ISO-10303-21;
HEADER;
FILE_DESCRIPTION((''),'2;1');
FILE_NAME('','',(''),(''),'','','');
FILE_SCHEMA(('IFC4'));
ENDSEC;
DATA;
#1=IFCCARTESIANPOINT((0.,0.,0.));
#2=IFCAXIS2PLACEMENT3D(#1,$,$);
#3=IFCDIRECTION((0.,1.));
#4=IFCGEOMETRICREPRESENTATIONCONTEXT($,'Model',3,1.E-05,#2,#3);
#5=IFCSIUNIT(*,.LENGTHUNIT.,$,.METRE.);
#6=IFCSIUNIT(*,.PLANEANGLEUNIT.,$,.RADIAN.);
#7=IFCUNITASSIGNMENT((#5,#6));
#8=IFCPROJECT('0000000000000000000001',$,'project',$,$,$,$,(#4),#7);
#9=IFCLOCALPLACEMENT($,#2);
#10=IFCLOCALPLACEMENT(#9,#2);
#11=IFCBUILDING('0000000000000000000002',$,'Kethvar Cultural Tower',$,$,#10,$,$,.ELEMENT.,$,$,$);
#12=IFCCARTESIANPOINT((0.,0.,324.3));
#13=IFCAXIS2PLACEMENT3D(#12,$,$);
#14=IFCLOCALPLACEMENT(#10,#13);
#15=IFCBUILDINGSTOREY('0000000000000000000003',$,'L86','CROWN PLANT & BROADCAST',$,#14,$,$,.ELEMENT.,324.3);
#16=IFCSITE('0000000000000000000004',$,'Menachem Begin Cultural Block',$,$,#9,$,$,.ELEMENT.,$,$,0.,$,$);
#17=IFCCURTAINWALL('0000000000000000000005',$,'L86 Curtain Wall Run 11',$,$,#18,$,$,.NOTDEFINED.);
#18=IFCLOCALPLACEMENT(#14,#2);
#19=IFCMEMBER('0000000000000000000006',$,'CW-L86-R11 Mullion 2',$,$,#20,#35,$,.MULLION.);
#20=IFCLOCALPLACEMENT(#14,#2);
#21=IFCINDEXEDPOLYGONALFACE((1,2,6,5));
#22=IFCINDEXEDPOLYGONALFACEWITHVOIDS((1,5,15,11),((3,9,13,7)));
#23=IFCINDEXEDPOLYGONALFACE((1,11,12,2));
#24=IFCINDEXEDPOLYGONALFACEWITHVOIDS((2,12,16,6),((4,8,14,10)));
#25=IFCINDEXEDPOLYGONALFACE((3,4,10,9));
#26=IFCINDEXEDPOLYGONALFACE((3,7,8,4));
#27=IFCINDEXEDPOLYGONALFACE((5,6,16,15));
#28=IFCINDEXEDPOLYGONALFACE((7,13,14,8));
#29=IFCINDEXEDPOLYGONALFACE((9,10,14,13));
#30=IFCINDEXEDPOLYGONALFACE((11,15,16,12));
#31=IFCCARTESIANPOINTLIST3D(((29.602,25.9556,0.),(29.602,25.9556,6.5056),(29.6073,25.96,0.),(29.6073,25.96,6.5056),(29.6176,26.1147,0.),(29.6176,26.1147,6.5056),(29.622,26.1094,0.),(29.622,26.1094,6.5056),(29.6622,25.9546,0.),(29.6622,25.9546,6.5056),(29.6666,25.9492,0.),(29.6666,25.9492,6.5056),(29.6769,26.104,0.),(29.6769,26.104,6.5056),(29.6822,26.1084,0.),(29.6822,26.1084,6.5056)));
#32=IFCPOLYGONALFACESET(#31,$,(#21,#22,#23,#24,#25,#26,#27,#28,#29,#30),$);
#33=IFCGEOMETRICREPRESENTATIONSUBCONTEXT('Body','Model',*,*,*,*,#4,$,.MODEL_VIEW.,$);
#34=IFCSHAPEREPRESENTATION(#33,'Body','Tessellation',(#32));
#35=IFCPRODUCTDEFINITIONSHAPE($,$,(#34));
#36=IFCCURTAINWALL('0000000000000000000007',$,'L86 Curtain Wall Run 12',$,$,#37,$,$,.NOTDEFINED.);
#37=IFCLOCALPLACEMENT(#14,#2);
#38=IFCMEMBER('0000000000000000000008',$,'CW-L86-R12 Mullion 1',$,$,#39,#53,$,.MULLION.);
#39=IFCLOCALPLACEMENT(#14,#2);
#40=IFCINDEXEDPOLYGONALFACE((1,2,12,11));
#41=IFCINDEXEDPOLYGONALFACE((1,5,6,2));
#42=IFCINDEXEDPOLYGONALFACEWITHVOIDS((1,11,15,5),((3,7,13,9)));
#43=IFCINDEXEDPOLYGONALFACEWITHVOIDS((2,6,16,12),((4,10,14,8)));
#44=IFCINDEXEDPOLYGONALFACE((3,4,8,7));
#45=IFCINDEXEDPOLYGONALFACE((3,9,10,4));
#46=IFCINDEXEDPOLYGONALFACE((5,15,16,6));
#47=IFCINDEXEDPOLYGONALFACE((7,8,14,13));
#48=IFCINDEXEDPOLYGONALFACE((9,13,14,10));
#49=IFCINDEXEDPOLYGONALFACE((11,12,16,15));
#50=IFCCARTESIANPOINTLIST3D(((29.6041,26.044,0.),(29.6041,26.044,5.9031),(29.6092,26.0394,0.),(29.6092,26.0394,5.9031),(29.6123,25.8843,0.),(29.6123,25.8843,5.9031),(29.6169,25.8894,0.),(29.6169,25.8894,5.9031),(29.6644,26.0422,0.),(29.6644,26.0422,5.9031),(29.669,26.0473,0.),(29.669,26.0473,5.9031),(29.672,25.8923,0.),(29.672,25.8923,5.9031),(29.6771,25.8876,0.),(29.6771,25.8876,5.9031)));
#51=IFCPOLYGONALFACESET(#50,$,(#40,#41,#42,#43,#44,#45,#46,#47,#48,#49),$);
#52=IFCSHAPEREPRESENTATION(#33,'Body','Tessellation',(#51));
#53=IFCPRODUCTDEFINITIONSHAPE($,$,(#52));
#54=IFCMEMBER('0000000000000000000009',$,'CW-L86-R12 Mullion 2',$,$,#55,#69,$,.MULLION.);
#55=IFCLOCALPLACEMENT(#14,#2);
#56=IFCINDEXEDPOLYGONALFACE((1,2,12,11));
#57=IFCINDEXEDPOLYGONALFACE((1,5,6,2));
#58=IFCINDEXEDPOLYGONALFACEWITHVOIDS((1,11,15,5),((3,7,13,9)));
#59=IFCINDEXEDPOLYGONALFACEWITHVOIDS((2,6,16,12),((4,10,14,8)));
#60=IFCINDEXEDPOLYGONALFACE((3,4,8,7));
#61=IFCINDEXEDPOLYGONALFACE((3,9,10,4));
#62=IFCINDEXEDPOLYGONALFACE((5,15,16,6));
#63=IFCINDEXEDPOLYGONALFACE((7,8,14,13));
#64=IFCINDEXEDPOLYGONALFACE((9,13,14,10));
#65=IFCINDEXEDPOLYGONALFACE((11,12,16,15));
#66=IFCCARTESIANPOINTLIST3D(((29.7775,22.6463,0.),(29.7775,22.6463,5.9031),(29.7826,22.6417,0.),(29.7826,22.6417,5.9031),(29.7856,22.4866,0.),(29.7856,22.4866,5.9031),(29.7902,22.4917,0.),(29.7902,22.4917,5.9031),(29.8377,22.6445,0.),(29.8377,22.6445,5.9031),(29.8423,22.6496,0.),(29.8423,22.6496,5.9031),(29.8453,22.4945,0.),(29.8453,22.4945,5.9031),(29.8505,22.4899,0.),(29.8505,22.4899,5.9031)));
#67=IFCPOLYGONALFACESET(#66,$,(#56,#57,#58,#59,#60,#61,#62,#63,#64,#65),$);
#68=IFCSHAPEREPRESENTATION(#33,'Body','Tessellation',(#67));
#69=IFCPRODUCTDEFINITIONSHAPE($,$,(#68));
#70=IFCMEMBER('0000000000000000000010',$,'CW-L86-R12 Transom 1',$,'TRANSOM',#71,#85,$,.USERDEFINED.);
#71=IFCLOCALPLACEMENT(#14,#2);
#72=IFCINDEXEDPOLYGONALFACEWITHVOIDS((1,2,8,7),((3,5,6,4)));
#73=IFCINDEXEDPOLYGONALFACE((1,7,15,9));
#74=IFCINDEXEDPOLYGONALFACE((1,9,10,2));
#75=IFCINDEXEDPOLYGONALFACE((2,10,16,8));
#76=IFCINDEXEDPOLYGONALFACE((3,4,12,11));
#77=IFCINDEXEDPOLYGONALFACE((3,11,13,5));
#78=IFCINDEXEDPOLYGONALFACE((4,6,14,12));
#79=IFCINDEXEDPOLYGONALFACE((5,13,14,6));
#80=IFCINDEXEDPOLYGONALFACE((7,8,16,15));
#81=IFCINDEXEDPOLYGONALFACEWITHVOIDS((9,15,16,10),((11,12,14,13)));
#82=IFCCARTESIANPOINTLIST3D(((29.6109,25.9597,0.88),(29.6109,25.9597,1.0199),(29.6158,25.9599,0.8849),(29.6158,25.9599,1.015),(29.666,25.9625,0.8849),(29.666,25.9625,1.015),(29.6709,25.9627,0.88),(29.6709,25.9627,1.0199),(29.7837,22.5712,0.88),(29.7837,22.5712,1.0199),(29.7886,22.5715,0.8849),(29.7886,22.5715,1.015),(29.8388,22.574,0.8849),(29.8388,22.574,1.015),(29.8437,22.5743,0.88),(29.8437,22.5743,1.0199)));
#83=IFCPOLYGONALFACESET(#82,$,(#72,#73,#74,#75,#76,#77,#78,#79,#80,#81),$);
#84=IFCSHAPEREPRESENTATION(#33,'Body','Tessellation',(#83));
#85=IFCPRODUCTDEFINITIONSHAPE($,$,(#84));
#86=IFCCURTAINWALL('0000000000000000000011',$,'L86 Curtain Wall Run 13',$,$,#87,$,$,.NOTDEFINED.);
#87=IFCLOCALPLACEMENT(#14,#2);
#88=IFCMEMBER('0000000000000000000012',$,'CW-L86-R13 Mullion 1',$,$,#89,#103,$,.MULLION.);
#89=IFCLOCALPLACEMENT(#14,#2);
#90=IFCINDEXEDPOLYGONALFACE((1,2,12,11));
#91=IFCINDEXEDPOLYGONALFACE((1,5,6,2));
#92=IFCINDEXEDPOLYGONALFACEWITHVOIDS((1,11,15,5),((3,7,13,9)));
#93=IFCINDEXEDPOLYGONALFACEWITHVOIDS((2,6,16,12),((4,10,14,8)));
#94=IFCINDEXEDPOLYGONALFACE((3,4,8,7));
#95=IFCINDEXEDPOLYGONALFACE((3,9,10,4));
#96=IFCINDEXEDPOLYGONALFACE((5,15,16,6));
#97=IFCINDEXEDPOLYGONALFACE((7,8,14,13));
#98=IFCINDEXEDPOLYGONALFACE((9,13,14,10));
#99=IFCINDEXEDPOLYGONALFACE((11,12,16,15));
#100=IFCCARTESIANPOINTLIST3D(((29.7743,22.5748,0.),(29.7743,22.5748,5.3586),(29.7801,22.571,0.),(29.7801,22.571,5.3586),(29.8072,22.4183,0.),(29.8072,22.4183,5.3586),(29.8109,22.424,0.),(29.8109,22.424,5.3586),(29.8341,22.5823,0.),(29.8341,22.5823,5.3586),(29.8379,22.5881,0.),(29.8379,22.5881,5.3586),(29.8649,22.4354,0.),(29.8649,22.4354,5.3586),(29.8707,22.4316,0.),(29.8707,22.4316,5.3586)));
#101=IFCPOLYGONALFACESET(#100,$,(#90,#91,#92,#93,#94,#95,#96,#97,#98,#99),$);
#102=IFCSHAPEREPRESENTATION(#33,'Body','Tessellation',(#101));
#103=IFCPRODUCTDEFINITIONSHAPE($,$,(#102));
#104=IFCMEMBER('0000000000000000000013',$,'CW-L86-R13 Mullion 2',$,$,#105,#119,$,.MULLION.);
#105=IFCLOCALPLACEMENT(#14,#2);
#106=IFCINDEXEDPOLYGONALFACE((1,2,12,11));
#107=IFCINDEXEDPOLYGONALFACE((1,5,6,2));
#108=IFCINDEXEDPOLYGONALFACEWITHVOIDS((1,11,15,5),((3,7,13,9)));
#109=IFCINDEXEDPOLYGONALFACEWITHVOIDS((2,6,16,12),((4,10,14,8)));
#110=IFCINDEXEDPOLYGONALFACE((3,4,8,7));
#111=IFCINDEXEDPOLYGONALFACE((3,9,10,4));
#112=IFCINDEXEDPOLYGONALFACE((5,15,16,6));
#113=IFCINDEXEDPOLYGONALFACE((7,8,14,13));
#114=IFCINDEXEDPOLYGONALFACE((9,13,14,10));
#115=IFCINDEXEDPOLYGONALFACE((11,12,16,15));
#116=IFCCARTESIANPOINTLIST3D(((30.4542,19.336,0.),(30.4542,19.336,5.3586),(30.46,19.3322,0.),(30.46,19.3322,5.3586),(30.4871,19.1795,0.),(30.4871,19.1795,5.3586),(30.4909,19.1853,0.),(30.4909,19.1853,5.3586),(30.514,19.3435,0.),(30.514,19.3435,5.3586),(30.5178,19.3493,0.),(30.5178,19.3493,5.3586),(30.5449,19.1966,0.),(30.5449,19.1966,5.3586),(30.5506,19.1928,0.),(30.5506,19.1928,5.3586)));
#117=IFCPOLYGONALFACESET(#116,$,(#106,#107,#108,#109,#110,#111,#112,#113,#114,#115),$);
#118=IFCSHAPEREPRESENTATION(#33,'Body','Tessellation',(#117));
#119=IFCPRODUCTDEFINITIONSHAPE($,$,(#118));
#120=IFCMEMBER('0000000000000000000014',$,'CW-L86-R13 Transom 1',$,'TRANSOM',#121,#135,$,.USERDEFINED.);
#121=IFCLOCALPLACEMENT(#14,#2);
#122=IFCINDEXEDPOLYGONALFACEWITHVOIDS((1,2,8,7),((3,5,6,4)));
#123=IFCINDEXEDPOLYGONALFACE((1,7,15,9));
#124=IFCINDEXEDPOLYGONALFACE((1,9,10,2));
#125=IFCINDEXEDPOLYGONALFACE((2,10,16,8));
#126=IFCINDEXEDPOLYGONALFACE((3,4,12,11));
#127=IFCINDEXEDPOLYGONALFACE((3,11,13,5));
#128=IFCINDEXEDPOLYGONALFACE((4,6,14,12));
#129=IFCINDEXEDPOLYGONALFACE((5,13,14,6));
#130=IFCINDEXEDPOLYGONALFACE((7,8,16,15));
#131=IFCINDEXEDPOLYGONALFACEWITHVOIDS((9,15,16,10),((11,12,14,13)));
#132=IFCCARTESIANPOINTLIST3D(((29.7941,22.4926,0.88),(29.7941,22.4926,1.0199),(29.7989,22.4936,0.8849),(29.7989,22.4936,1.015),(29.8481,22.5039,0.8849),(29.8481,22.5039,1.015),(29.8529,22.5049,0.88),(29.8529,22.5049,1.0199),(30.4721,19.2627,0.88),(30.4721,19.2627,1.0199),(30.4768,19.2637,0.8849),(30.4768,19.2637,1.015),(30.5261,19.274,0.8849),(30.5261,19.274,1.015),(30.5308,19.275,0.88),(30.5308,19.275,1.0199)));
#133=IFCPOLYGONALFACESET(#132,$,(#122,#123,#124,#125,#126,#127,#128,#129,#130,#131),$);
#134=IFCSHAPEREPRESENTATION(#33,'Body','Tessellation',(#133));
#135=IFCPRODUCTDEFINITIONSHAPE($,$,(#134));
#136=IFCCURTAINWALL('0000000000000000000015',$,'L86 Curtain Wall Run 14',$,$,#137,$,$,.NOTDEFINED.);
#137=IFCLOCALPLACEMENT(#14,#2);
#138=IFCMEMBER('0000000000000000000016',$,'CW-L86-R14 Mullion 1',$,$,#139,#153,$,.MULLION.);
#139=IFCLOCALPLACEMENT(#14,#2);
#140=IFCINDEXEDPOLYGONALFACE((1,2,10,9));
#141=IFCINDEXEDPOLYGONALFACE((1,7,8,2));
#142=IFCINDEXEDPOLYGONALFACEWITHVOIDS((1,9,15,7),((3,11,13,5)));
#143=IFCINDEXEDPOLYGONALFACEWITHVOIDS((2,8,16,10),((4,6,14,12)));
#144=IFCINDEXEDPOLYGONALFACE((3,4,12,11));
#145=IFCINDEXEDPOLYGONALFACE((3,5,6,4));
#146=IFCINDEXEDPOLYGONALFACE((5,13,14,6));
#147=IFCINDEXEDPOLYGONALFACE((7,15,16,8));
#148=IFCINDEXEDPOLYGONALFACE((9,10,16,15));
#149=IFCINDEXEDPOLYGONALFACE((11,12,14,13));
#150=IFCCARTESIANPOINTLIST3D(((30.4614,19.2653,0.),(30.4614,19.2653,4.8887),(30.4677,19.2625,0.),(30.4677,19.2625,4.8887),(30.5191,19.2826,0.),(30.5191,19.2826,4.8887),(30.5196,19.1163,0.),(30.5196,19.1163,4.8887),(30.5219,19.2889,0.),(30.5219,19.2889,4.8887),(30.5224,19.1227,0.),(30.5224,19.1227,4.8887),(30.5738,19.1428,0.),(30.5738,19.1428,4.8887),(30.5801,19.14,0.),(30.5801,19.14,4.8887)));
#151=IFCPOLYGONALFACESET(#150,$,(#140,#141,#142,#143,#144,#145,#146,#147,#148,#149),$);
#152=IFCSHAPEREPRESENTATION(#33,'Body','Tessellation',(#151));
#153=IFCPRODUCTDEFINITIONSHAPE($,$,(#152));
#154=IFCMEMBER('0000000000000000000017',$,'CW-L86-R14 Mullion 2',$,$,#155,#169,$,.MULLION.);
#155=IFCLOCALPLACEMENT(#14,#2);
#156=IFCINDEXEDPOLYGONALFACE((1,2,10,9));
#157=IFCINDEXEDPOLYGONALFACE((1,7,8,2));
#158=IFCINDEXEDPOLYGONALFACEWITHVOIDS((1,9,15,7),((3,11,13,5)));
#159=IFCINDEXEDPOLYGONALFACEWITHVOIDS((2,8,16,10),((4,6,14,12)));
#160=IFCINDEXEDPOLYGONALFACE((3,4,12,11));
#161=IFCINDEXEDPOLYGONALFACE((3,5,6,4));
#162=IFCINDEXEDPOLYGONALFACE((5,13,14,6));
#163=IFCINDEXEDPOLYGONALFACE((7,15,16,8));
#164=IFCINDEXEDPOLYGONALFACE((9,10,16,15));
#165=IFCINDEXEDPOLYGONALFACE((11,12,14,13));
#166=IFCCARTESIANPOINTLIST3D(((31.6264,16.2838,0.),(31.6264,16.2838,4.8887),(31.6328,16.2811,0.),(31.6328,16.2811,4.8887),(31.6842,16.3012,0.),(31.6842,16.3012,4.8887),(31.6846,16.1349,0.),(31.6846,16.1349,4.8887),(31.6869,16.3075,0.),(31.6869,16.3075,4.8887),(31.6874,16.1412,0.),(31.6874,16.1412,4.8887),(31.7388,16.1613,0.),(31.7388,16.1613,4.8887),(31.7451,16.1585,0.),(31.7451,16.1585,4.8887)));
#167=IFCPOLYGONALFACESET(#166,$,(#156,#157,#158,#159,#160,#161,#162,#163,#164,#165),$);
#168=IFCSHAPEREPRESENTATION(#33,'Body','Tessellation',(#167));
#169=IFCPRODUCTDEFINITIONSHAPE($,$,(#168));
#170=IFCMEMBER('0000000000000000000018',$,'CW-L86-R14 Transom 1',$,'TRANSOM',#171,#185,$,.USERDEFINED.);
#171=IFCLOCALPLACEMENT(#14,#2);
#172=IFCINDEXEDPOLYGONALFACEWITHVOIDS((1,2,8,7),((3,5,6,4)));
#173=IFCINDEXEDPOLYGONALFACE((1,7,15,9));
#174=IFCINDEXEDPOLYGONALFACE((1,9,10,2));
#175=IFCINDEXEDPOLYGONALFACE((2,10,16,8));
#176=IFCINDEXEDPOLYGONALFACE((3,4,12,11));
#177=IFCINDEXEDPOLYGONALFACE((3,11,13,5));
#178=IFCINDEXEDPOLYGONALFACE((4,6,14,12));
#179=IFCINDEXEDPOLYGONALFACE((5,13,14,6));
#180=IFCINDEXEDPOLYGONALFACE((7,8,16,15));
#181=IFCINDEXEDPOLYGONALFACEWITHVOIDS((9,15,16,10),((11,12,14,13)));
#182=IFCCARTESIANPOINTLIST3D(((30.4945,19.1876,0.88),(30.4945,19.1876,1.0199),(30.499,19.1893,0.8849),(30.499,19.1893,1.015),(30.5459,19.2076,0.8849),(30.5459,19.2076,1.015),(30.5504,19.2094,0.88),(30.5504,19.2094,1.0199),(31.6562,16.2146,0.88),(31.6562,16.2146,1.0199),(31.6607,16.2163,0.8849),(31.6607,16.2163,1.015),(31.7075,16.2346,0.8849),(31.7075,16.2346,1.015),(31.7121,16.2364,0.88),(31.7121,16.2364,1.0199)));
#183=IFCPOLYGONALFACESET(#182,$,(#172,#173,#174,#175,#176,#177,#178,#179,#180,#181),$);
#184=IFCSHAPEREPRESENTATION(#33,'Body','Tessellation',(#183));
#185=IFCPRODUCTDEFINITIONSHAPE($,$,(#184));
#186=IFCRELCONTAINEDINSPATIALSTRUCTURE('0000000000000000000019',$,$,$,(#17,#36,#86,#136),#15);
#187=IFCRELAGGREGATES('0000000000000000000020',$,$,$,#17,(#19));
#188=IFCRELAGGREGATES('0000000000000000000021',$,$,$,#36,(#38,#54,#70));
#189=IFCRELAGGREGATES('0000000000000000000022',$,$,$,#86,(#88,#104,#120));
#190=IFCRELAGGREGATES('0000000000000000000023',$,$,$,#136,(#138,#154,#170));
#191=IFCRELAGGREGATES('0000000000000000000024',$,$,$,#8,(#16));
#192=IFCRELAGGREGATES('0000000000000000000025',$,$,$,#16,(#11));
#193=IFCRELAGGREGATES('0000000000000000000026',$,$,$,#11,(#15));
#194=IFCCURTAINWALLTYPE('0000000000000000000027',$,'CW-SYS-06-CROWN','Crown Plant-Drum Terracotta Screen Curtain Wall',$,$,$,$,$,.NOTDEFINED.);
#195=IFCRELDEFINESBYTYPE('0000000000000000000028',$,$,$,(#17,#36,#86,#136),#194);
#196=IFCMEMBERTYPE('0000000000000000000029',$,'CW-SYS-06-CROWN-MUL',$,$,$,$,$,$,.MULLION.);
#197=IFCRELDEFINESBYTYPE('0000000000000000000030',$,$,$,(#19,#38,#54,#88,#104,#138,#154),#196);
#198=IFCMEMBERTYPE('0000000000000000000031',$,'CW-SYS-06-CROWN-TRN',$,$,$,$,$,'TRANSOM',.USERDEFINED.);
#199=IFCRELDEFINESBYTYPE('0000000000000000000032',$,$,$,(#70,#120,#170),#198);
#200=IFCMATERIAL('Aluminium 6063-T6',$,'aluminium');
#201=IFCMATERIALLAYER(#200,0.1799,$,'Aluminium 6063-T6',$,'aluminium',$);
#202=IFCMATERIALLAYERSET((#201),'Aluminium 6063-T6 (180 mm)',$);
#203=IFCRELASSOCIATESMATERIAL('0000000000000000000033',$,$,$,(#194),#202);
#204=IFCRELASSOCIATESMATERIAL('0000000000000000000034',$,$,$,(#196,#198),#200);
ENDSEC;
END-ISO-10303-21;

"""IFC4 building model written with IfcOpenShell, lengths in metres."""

from ifc_helpers import new_model, si_unit, direction, frame, origin, origin_2d, place, context, subcontext, project, spatial, hollow_rectangle, extrude, source, transform, mapped, material, layer, layer_set, material_profile, profile_set, type_object, element, aggregate, save


model = new_model("IFC4")

# Units and contexts
model_context = context("Model", 3, precision=1e-05, world=origin(), true_north=direction((0.0, 1.0)))
body_context = subcontext(model_context, "Body", "Model", "MODEL_VIEW")
ifc_project = project(units=[si_unit("LENGTHUNIT", "METRE"), si_unit("PLANEANGLEUNIT", "RADIAN")], contexts=[model_context])

# Site, building, storey
site_placement = place(None, origin())
site = spatial("IfcSite", under=ifc_project, at=site_placement, Name="Menachem Begin Cultural Block", CompositionType="ELEMENT", RefElevation=0.0)
building_placement = place(site_placement, origin())
building = spatial("IfcBuilding", under=site, at=building_placement, Name="Kethvar Cultural Tower", CompositionType="ELEMENT")
storey_placement = place(building_placement, frame((0.0, 0.0, 324.3)))
storey = spatial("IfcBuildingStorey", under=building, at=storey_placement, Name="L86", Description="CROWN PLANT & BROADCAST", CompositionType="ELEMENT", Elevation=324.3)

# Curtain wall, member
ifc_material_1 = material(Name="Aluminium 6063-T6", Category="aluminium")
ifc_layer_1 = layer(ifc_material_1, 0.1799, Name="Aluminium 6063-T6", Category="aluminium")
ifc_layer_set_1 = layer_set([ifc_layer_1], Name="Aluminium 6063-T6 (180 mm)")
curtain_wall_type = type_object("IfcCurtainWallType", Name="CW-SYS-06-CROWN", Description="Crown Plant-Drum Terracotta Screen Curtain Wall", PredefinedType="NOTDEFINED", material=ifc_layer_set_1)
curtain_wall_1_placement = place(storey_placement, origin())
curtain_wall_1 = element("IfcCurtainWall", 1, at=curtain_wall_1_placement, inside=storey, type_object=curtain_wall_type, Name="L86 Curtain Wall Run 11", PredefinedType="NOTDEFINED")
ifc_material_profile_1 = material_profile(ifc_material_1, hollow_rectangle(XDim=0.0649, YDim=0.1599, WallThickness=0.0049, at=origin_2d()), Name="Aluminium 6063-T6 — RHS160x65x5")
ifc_profile_set_1 = profile_set([ifc_material_profile_1], Name="Aluminium 6063-T6 — RHS160x65x5")
member_type_1 = type_object("IfcMemberType", Name="CW-SYS-06-CROWN-MUL", PredefinedType="MULLION", material=ifc_profile_set_1)
shared_shape_1 = source(origin(), body_context, "Body", "SweptSolid", [
    extrude(hollow_rectangle(XDim=0.0649, YDim=0.1599, WallThickness=0.0049, at=origin_2d()), origin(), (0.0, 0.0, 1.0), 6.5056),
])
member_1_placement = place(storey_placement, frame((29.6421, 26.032, 0.0), z_axis=(0.0, 0.0, 1.0), x_axis=(0.995207, -0.097791, 0.0)))
member_1 = element("IfcMember", 2, at=member_1_placement, type_object=member_type_1, Name="CW-L86-R11 Mullion 2", PredefinedType="MULLION", context=body_context, shape_type="MappedRepresentation", body=[
    mapped(shared_shape_1, transform((0.0, 0.0, 0.0), scale=1.0)),
])
aggregate(curtain_wall_1, [member_1])

# Curtain walls, members
curtain_wall_2_placement = place(storey_placement, origin())
curtain_wall_2 = element("IfcCurtainWall", 3, at=curtain_wall_2_placement, inside=storey, type_object=curtain_wall_type, Name="L86 Curtain Wall Run 12", PredefinedType="NOTDEFINED")
shared_shape_2 = source(origin(), body_context, "Body", "SweptSolid", [
    extrude(hollow_rectangle(XDim=0.0649, YDim=0.1599, WallThickness=0.0049, at=origin_2d()), origin(), (0.0, 0.0, 1.0), 5.9031),
])
member_2_placement = place(storey_placement, frame((29.6406, 25.9658, 0.0), z_axis=(0.0, 0.0, 1.0), x_axis=(0.998701, 0.050959, 0.0)))
member_2 = element("IfcMember", 4, at=member_2_placement, type_object=member_type_1, Name="CW-L86-R12 Mullion 1", PredefinedType="MULLION", context=body_context, shape_type="MappedRepresentation", body=[
    mapped(shared_shape_2, transform((0.0, 0.0, 0.0), scale=1.0)),
])
member_3_placement = place(storey_placement, frame((29.814, 22.5681, 0.0), z_axis=(0.0, 0.0, 1.0), x_axis=(0.998701, 0.050959, 0.0)))
member_3 = element("IfcMember", 5, at=member_3_placement, type_object=member_type_1, Name="CW-L86-R12 Mullion 2", PredefinedType="MULLION", context=body_context, shape_type="MappedRepresentation", body=[
    mapped(shared_shape_2, transform((0.0, 0.0, 0.0), scale=1.0)),
])
ifc_material_profile_2 = material_profile(ifc_material_1, hollow_rectangle(XDim=0.0601, YDim=0.1399, WallThickness=0.0049, at=origin_2d()), Name="Aluminium 6063-T6 — RHS140x60x5")
ifc_profile_set_2 = profile_set([ifc_material_profile_2], Name="Aluminium 6063-T6 — RHS140x60x5")
member_type_2 = type_object("IfcMemberType", Name="CW-SYS-06-CROWN-TRN", ElementType="TRANSOM", PredefinedType="USERDEFINED", material=ifc_profile_set_2)
shared_shape_3 = source(origin(), body_context, "Body", "SweptSolid", [
    extrude(hollow_rectangle(XDim=0.0601, YDim=0.1399, WallThickness=0.0049, at=origin_2d()), origin(), (0.0, 0.0, 1.0), 3.3928),
])
member_4_placement = place(storey_placement, frame((29.6409, 25.9612, 0.95), z_axis=(0.050946, -0.998701, 0.0), x_axis=(0.998701, 0.050946, 0.0)))
member_4 = element("IfcMember", 6, at=member_4_placement, type_object=member_type_2, Name="CW-L86-R12 Transom 1", ObjectType="TRANSOM", PredefinedType="USERDEFINED", context=body_context, shape_type="MappedRepresentation", body=[
    mapped(shared_shape_3, transform((0.0, 0.0, 0.0), scale=1.0)),
])
curtain_wall_3_placement = place(storey_placement, origin())
curtain_wall_3 = element("IfcCurtainWall", 7, at=curtain_wall_3_placement, inside=storey, type_object=curtain_wall_type, Name="L86 Curtain Wall Run 13", PredefinedType="NOTDEFINED")
shared_shape_4 = source(origin(), body_context, "Body", "SweptSolid", [
    extrude(hollow_rectangle(XDim=0.0649, YDim=0.1599, WallThickness=0.0049, at=origin_2d()), origin(), (0.0, 0.0, 1.0), 5.3586),
])
member_5_placement = place(storey_placement, frame((29.8225, 22.5032, 0.0), z_axis=(0.0, 0.0, 1.0), x_axis=(0.978667, 0.205453, 0.0)))
member_5 = element("IfcMember", 8, at=member_5_placement, type_object=member_type_1, Name="CW-L86-R13 Mullion 1", PredefinedType="MULLION", context=body_context, shape_type="MappedRepresentation", body=[
    mapped(shared_shape_4, transform((0.0, 0.0, 0.0), scale=1.0)),
])
member_6_placement = place(storey_placement, frame((30.5024, 19.2644, 0.0), z_axis=(0.0, 0.0, 1.0), x_axis=(0.978667, 0.205453, 0.0)))
member_6 = element("IfcMember", 9, at=member_6_placement, type_object=member_type_1, Name="CW-L86-R13 Mullion 2", PredefinedType="MULLION", context=body_context, shape_type="MappedRepresentation", body=[
    mapped(shared_shape_4, transform((0.0, 0.0, 0.0), scale=1.0)),
])
shared_shape_5 = source(origin(), body_context, "Body", "SweptSolid", [
    extrude(hollow_rectangle(XDim=0.0601, YDim=0.1399, WallThickness=0.0049, at=origin_2d()), origin(), (0.0, 0.0, 1.0), 3.3003),
])
member_7_placement = place(storey_placement, frame((29.8235, 22.4988, 0.95), z_axis=(0.205425, -0.978673, 0.0), x_axis=(0.978673, 0.205425, 0.0)))
member_7 = element("IfcMember", 10, at=member_7_placement, type_object=member_type_2, Name="CW-L86-R13 Transom 1", ObjectType="TRANSOM", PredefinedType="USERDEFINED", context=body_context, shape_type="MappedRepresentation", body=[
    mapped(shared_shape_5, transform((0.0, 0.0, 0.0), scale=1.0)),
])
curtain_wall_4_placement = place(storey_placement, origin())
curtain_wall_4 = element("IfcCurtainWall", 11, at=curtain_wall_4_placement, inside=storey, type_object=curtain_wall_type, Name="L86 Curtain Wall Run 14", PredefinedType="NOTDEFINED")
shared_shape_6 = source(origin(), body_context, "Body", "SweptSolid", [
    extrude(hollow_rectangle(XDim=0.0649, YDim=0.1599, WallThickness=0.0049, at=origin_2d()), origin(), (0.0, 0.0, 1.0), 4.8887),
])
member_8_placement = place(storey_placement, frame((30.5208, 19.2026, 0.0), z_axis=(0.0, 0.0, 1.0), x_axis=(0.931412, 0.363967, 0.0)))
member_8 = element("IfcMember", 12, at=member_8_placement, type_object=member_type_1, Name="CW-L86-R14 Mullion 1", PredefinedType="MULLION", context=body_context, shape_type="MappedRepresentation", body=[
    mapped(shared_shape_6, transform((0.0, 0.0, 0.0), scale=1.0)),
])
member_9_placement = place(storey_placement, frame((31.6858, 16.2212, 0.0), z_axis=(0.0, 0.0, 1.0), x_axis=(0.931412, 0.363967, 0.0)))
member_9 = element("IfcMember", 13, at=member_9_placement, type_object=member_type_1, Name="CW-L86-R14 Mullion 2", PredefinedType="MULLION", context=body_context, shape_type="MappedRepresentation", body=[
    mapped(shared_shape_6, transform((0.0, 0.0, 0.0), scale=1.0)),
])
shared_shape_7 = source(origin(), body_context, "Body", "SweptSolid", [
    extrude(hollow_rectangle(XDim=0.0601, YDim=0.1399, WallThickness=0.0049, at=origin_2d()), origin(), (0.0, 0.0, 1.0), 3.1919),
])
member_10_placement = place(storey_placement, frame((30.5225, 19.1985, 0.95), z_axis=(0.363941, -0.931422, 0.0), x_axis=(0.931422, 0.363941, 0.0)))
member_10 = element("IfcMember", 14, at=member_10_placement, type_object=member_type_2, Name="CW-L86-R14 Transom 1", ObjectType="TRANSOM", PredefinedType="USERDEFINED", context=body_context, shape_type="MappedRepresentation", body=[
    mapped(shared_shape_7, transform((0.0, 0.0, 0.0), scale=1.0)),
])

aggregate(curtain_wall_2, [member_2, member_3, member_4])
aggregate(curtain_wall_3, [member_5, member_6, member_7])
aggregate(curtain_wall_4, [member_8, member_9, member_10])

save(model, "model.ifc")
